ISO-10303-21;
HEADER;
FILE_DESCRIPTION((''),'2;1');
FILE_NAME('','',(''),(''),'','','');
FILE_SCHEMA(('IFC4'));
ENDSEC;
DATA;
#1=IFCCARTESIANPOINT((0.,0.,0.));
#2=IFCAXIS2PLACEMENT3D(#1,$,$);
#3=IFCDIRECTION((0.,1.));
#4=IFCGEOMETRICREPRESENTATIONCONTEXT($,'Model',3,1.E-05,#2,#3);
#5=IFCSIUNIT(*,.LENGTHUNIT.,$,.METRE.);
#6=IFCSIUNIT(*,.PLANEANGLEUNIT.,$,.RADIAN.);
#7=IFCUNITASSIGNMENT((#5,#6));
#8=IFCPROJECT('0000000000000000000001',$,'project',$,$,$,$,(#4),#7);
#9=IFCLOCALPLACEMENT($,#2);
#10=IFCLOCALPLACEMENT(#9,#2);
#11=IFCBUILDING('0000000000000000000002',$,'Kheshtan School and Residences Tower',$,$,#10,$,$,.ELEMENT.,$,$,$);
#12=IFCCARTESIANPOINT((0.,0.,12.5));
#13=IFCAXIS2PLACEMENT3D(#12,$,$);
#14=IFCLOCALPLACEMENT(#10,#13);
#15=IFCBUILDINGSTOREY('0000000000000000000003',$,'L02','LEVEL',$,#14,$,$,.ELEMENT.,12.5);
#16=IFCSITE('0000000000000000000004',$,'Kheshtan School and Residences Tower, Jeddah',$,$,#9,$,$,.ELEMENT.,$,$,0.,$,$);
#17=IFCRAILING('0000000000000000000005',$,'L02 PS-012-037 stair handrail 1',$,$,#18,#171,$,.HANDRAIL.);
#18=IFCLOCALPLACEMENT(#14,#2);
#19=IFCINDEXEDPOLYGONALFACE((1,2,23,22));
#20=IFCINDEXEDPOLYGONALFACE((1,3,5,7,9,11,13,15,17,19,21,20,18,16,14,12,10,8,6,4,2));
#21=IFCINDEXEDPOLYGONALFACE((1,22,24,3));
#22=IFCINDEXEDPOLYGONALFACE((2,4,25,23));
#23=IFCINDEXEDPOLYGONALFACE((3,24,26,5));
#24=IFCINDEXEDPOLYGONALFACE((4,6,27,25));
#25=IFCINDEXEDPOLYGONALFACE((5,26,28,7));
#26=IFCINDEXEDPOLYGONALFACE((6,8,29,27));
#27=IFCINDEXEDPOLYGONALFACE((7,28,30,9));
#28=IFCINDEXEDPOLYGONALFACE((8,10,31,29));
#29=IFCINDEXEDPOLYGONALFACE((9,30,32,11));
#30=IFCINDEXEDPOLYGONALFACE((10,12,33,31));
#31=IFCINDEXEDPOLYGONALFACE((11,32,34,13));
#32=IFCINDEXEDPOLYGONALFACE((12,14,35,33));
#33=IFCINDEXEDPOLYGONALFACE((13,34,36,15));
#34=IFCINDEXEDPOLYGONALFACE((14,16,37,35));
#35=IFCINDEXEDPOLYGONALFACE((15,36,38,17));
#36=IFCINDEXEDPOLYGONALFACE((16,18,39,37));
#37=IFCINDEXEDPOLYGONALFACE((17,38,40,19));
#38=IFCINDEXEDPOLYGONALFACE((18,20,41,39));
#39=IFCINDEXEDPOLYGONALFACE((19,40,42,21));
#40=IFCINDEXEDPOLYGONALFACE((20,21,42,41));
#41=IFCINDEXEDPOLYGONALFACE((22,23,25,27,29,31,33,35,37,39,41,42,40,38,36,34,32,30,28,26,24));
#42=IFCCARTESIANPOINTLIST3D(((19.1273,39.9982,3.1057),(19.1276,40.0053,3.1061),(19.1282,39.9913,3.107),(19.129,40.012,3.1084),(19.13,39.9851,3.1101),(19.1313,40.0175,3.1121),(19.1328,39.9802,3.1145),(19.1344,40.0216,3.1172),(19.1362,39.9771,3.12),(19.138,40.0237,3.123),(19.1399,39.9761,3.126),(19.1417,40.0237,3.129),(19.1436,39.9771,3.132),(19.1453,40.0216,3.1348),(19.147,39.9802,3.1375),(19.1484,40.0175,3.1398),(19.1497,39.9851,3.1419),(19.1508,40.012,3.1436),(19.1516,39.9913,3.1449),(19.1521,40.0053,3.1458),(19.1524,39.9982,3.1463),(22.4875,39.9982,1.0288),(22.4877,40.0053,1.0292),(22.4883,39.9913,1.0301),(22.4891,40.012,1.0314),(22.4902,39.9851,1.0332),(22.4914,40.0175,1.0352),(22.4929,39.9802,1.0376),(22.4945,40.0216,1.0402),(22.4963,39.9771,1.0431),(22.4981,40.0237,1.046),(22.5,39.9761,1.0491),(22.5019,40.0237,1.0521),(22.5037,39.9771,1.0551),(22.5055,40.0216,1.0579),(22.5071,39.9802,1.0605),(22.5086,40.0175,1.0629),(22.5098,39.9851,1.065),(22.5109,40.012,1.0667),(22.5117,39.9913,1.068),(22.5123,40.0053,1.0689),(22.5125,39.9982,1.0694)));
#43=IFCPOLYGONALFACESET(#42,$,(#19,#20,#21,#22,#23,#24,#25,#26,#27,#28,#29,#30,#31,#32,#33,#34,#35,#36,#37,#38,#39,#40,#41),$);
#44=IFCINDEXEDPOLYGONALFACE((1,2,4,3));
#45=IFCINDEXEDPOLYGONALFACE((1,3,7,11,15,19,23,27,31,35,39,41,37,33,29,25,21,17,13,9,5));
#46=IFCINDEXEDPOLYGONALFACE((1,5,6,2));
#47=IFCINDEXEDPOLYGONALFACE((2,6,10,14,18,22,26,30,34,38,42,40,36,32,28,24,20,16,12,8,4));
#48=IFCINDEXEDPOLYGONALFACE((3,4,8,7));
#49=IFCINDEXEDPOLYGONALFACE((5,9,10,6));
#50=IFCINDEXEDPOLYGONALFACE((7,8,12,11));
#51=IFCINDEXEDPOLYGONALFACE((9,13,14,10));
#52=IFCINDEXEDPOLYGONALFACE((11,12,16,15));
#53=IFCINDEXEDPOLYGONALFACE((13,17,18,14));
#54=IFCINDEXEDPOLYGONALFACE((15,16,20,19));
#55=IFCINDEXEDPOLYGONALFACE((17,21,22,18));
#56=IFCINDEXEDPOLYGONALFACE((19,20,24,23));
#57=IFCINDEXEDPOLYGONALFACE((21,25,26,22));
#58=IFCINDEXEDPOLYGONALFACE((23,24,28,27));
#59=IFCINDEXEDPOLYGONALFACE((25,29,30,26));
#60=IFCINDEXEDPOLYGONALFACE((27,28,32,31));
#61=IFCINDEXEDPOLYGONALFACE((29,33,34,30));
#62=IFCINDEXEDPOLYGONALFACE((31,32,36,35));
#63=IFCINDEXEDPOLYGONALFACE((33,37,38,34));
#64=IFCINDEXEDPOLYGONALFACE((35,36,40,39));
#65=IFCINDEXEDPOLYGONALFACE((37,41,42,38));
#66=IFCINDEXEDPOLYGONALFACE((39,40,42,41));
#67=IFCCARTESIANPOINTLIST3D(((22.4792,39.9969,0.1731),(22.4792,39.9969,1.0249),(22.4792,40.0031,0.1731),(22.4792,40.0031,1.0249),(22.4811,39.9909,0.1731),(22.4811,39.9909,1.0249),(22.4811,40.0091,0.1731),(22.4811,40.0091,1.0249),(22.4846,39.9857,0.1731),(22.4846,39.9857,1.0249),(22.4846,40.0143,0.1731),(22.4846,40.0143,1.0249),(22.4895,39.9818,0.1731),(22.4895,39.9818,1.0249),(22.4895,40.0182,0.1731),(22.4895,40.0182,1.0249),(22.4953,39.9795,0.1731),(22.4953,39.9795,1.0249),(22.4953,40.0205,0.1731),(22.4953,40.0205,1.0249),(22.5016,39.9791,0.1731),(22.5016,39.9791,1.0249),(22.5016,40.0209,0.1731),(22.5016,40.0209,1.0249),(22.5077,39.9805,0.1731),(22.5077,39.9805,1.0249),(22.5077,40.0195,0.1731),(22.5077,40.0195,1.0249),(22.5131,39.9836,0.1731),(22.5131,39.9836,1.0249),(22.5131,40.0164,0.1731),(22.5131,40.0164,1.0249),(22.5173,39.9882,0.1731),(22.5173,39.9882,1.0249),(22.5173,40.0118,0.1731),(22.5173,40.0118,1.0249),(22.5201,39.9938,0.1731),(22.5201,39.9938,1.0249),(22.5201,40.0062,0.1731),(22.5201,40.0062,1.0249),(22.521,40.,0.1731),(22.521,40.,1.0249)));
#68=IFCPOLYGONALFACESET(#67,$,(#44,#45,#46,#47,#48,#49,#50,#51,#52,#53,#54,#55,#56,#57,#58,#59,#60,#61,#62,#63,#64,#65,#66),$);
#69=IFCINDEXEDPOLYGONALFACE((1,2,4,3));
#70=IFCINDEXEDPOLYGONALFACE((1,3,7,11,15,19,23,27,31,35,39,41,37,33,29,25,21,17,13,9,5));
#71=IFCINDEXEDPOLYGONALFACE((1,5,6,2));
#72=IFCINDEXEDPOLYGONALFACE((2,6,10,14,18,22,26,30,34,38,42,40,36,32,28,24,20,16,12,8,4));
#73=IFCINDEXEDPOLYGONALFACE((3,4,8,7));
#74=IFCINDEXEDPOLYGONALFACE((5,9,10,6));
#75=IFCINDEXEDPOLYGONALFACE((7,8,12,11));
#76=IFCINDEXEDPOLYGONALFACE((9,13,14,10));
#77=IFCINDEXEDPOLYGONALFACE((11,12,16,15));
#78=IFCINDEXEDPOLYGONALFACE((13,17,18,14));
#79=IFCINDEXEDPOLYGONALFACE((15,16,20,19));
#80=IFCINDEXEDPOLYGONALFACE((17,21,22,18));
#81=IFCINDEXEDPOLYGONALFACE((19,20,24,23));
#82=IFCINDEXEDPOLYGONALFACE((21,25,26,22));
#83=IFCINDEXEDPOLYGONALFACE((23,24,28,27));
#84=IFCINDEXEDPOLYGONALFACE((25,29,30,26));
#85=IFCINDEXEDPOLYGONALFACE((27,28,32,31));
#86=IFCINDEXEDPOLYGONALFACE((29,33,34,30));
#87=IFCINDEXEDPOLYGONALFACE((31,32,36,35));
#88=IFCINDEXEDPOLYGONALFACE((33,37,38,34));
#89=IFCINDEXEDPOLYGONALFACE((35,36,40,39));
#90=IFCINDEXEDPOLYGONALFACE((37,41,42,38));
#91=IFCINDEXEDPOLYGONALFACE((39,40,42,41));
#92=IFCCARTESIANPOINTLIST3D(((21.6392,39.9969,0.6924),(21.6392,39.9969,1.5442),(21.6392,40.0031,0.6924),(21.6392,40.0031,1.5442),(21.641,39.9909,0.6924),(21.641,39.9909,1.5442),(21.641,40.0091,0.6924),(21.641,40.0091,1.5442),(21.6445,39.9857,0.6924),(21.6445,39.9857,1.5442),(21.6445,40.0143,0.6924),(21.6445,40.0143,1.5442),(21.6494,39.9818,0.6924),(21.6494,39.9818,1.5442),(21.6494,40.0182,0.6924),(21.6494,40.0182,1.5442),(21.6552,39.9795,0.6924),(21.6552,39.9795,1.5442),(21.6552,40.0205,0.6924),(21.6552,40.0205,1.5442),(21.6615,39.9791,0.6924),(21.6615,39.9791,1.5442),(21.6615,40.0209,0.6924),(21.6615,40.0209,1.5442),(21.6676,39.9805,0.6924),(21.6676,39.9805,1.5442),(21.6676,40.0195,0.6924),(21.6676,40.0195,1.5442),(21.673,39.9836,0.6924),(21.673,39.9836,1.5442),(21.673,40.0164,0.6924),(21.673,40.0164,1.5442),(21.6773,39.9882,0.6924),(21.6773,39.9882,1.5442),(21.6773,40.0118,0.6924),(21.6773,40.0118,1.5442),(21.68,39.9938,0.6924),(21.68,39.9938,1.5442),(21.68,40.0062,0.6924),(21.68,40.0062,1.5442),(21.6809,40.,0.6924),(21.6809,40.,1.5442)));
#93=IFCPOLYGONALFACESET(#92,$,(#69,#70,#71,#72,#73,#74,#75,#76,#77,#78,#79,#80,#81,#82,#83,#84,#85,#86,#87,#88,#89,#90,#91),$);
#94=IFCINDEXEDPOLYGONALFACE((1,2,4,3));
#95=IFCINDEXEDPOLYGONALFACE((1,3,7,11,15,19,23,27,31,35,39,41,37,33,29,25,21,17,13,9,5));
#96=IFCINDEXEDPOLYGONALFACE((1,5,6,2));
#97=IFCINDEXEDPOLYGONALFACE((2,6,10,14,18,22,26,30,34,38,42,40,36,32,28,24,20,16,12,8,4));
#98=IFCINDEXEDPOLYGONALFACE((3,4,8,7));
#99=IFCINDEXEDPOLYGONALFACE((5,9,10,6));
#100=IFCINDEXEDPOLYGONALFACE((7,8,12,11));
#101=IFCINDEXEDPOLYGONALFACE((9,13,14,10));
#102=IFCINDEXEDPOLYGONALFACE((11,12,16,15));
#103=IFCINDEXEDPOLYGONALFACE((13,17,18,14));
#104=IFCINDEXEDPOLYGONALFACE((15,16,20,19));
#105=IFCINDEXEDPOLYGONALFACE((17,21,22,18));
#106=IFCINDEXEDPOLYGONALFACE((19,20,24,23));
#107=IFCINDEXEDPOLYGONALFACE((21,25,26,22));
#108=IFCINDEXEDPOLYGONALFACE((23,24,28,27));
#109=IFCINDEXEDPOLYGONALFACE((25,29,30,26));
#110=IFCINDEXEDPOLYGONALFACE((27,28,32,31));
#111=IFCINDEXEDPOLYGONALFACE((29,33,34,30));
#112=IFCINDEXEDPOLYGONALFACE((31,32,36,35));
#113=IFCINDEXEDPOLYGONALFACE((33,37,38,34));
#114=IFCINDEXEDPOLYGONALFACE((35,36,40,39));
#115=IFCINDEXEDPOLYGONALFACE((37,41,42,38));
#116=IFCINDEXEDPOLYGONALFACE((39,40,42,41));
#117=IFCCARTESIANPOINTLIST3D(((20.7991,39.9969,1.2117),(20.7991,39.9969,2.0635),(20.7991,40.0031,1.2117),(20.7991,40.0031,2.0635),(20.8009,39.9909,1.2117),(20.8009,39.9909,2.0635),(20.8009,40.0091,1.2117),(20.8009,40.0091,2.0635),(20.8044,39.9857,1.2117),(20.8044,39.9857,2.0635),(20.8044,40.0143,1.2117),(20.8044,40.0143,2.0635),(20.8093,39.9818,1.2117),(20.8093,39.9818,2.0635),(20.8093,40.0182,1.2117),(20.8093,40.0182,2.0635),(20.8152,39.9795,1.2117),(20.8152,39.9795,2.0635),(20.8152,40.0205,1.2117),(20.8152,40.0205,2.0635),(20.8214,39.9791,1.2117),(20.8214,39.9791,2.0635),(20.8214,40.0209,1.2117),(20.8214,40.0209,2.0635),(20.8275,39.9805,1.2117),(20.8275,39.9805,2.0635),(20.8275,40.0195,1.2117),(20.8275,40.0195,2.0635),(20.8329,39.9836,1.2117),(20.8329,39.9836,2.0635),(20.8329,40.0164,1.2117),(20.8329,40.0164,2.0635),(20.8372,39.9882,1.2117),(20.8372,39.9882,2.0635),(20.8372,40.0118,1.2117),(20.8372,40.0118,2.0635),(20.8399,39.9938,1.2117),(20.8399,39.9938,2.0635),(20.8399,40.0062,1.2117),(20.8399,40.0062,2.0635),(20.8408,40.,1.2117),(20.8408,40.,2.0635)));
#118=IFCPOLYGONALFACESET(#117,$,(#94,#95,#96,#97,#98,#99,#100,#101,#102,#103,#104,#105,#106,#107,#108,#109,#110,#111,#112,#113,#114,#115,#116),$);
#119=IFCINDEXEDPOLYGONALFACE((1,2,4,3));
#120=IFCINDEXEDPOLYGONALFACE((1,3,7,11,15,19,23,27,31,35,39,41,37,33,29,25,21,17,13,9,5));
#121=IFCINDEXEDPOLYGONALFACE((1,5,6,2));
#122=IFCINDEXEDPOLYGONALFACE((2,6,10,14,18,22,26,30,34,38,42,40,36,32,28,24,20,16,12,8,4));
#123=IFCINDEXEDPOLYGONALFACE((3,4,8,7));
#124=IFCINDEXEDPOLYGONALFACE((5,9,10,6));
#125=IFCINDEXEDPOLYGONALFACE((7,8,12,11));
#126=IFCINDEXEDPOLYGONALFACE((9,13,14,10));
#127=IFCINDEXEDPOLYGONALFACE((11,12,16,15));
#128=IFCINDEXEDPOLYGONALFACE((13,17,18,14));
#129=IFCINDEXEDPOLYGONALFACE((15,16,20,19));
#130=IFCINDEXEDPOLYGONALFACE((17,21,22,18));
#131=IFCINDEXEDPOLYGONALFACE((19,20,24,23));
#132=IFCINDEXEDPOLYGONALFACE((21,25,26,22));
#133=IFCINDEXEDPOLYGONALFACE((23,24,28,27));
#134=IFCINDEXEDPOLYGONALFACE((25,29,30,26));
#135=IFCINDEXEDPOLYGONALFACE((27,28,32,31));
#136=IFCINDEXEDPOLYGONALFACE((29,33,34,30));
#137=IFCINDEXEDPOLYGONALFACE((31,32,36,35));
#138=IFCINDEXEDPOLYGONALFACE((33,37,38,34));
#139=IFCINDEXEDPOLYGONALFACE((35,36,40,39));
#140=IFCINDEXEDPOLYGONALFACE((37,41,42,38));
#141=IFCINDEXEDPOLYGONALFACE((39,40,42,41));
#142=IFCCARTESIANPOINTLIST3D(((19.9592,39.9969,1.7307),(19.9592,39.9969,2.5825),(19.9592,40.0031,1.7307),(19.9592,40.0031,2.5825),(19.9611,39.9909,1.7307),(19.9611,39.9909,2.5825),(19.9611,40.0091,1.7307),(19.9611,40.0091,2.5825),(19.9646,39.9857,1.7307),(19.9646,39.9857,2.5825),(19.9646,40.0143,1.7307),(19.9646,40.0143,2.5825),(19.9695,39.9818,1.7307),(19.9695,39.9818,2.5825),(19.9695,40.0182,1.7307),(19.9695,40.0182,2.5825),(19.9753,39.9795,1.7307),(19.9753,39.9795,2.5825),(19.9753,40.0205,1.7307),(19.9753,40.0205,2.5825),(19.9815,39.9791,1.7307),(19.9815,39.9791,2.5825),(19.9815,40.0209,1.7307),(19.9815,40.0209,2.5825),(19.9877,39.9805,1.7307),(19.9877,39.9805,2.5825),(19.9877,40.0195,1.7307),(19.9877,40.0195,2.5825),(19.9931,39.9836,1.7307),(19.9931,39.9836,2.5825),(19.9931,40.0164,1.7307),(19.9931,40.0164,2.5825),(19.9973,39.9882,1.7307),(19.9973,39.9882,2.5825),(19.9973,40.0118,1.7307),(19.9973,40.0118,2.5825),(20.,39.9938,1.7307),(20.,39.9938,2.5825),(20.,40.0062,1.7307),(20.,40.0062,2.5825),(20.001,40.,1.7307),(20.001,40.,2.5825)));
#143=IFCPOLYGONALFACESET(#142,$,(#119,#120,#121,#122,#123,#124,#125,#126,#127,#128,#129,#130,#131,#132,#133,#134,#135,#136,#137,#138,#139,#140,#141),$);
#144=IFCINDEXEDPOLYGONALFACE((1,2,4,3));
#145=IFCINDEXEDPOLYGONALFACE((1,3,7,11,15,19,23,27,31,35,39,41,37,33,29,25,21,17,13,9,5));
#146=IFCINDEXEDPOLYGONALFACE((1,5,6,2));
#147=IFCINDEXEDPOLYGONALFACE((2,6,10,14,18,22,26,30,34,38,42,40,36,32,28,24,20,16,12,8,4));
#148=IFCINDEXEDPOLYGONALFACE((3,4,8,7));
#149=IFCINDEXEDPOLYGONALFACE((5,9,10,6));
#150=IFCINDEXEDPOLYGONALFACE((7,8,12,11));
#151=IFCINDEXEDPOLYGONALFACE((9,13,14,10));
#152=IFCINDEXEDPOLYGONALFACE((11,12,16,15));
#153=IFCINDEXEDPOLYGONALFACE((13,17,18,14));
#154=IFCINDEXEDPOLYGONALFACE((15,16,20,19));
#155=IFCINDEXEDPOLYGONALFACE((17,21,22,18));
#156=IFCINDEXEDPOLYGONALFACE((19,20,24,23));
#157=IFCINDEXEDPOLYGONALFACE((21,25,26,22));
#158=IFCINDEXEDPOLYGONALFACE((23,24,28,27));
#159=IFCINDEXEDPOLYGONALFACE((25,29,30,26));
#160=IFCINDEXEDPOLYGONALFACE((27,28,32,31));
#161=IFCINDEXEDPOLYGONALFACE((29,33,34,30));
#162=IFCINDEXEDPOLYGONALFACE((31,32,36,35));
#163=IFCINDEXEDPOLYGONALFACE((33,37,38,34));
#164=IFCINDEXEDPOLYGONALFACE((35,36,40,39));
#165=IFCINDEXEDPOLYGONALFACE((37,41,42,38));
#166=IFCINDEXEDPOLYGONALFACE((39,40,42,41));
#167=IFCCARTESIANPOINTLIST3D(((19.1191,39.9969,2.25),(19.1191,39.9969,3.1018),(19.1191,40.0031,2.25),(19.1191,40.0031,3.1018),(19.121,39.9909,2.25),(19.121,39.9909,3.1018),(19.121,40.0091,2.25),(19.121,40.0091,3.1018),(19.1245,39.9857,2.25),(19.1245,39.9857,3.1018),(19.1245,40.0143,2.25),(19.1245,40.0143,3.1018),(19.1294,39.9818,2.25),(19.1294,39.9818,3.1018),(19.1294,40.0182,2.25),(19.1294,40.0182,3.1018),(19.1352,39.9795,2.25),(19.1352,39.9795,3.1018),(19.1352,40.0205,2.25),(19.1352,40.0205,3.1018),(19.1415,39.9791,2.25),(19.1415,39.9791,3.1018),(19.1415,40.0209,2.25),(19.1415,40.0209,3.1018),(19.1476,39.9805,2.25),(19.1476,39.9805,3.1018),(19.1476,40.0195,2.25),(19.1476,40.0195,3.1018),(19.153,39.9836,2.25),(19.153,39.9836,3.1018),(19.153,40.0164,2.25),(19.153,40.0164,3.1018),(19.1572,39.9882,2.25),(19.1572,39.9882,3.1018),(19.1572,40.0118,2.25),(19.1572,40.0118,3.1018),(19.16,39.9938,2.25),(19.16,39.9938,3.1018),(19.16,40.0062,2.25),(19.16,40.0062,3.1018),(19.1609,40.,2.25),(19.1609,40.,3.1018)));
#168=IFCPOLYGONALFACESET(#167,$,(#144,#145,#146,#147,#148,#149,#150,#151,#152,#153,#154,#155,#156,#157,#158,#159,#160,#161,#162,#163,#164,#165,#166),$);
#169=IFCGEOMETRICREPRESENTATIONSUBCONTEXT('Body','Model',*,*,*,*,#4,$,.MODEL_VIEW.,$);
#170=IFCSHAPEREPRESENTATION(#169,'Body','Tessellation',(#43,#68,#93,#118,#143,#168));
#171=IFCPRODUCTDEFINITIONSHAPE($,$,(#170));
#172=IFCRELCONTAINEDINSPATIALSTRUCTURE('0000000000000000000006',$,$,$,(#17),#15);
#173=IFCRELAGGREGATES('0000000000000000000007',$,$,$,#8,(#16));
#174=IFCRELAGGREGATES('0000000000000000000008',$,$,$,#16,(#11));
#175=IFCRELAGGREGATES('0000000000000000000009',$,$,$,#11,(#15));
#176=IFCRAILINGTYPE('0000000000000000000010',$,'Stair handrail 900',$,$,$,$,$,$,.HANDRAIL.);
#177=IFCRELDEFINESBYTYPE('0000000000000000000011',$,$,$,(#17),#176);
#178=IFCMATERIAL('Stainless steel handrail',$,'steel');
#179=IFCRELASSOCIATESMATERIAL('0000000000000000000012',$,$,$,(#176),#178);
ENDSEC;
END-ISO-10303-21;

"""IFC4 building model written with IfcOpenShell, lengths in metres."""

from ifc_helpers import new_model, si_unit, direction, frame, origin, origin_2d, place, context, subcontext, project, spatial, circle, extrude, material, type_object, element, save


model = new_model("IFC4")

# Units and contexts
model_context = context("Model", 3, precision=1e-05, world=origin(), true_north=direction((0.0, 1.0)))
body_context = subcontext(model_context, "Body", "Model", "MODEL_VIEW")
ifc_project = project(units=[si_unit("LENGTHUNIT", "METRE"), si_unit("PLANEANGLEUNIT", "RADIAN")], contexts=[model_context])

# Site, building, storey
site_placement = place(None, origin())
site = spatial("IfcSite", under=ifc_project, at=site_placement, Name="Kheshtan School and Residences Tower, Jeddah", CompositionType="ELEMENT", RefElevation=0.0)
building_placement = place(site_placement, origin())
building = spatial("IfcBuilding", under=site, at=building_placement, Name="Kheshtan School and Residences Tower", CompositionType="ELEMENT")
storey_placement = place(building_placement, frame((0.0, 0.0, 12.5)))
storey = spatial("IfcBuildingStorey", under=building, at=storey_placement, Name="L02", Description="LEVEL", CompositionType="ELEMENT", Elevation=12.5)

# Railing
ifc_material_1 = material(Name="Stainless steel handrail", Category="steel")
railing_type_1 = type_object("IfcRailingType", Name="Stair handrail 900", PredefinedType="HANDRAIL", material=ifc_material_1)
railing_1_placement = place(storey_placement, frame((22.5, 40.0, 0.1731)))
element("IfcRailing", 1, at=railing_1_placement, inside=storey, type_object=railing_type_1, Name="L02 PS-012-037 stair handrail 1", PredefinedType="HANDRAIL", context=body_context, shape_type="SweptSolid", body=[
    extrude(circle(Radius=0.0239, at=origin_2d()), frame((0.0, 0.0, 0.876), z_axis=(-0.850623, 0.0, 0.525776), x_axis=(0.0, -1.0, 0.0)), (0.0, 0.0, 1.0), 3.9502),
    extrude(circle(Radius=0.021, at=origin_2d()), origin(), (0.0, 0.0, 1.0), 0.8518),
    extrude(circle(Radius=0.021, at=origin_2d()), frame((-0.8401, 0.0, 0.5193)), (0.0, 0.0, 1.0), 0.8518),
    extrude(circle(Radius=0.021, at=origin_2d()), frame((-1.6802, 0.0, 1.0386)), (0.0, 0.0, 1.0), 0.8518),
    extrude(circle(Radius=0.021, at=origin_2d()), frame((-2.52, 0.0, 1.5576)), (0.0, 0.0, 1.0), 0.8518),
    extrude(circle(Radius=0.021, at=origin_2d()), frame((-3.3601, 0.0, 2.0769)), (0.0, 0.0, 1.0), 0.8518),
])

save(model, "model.ifc")
